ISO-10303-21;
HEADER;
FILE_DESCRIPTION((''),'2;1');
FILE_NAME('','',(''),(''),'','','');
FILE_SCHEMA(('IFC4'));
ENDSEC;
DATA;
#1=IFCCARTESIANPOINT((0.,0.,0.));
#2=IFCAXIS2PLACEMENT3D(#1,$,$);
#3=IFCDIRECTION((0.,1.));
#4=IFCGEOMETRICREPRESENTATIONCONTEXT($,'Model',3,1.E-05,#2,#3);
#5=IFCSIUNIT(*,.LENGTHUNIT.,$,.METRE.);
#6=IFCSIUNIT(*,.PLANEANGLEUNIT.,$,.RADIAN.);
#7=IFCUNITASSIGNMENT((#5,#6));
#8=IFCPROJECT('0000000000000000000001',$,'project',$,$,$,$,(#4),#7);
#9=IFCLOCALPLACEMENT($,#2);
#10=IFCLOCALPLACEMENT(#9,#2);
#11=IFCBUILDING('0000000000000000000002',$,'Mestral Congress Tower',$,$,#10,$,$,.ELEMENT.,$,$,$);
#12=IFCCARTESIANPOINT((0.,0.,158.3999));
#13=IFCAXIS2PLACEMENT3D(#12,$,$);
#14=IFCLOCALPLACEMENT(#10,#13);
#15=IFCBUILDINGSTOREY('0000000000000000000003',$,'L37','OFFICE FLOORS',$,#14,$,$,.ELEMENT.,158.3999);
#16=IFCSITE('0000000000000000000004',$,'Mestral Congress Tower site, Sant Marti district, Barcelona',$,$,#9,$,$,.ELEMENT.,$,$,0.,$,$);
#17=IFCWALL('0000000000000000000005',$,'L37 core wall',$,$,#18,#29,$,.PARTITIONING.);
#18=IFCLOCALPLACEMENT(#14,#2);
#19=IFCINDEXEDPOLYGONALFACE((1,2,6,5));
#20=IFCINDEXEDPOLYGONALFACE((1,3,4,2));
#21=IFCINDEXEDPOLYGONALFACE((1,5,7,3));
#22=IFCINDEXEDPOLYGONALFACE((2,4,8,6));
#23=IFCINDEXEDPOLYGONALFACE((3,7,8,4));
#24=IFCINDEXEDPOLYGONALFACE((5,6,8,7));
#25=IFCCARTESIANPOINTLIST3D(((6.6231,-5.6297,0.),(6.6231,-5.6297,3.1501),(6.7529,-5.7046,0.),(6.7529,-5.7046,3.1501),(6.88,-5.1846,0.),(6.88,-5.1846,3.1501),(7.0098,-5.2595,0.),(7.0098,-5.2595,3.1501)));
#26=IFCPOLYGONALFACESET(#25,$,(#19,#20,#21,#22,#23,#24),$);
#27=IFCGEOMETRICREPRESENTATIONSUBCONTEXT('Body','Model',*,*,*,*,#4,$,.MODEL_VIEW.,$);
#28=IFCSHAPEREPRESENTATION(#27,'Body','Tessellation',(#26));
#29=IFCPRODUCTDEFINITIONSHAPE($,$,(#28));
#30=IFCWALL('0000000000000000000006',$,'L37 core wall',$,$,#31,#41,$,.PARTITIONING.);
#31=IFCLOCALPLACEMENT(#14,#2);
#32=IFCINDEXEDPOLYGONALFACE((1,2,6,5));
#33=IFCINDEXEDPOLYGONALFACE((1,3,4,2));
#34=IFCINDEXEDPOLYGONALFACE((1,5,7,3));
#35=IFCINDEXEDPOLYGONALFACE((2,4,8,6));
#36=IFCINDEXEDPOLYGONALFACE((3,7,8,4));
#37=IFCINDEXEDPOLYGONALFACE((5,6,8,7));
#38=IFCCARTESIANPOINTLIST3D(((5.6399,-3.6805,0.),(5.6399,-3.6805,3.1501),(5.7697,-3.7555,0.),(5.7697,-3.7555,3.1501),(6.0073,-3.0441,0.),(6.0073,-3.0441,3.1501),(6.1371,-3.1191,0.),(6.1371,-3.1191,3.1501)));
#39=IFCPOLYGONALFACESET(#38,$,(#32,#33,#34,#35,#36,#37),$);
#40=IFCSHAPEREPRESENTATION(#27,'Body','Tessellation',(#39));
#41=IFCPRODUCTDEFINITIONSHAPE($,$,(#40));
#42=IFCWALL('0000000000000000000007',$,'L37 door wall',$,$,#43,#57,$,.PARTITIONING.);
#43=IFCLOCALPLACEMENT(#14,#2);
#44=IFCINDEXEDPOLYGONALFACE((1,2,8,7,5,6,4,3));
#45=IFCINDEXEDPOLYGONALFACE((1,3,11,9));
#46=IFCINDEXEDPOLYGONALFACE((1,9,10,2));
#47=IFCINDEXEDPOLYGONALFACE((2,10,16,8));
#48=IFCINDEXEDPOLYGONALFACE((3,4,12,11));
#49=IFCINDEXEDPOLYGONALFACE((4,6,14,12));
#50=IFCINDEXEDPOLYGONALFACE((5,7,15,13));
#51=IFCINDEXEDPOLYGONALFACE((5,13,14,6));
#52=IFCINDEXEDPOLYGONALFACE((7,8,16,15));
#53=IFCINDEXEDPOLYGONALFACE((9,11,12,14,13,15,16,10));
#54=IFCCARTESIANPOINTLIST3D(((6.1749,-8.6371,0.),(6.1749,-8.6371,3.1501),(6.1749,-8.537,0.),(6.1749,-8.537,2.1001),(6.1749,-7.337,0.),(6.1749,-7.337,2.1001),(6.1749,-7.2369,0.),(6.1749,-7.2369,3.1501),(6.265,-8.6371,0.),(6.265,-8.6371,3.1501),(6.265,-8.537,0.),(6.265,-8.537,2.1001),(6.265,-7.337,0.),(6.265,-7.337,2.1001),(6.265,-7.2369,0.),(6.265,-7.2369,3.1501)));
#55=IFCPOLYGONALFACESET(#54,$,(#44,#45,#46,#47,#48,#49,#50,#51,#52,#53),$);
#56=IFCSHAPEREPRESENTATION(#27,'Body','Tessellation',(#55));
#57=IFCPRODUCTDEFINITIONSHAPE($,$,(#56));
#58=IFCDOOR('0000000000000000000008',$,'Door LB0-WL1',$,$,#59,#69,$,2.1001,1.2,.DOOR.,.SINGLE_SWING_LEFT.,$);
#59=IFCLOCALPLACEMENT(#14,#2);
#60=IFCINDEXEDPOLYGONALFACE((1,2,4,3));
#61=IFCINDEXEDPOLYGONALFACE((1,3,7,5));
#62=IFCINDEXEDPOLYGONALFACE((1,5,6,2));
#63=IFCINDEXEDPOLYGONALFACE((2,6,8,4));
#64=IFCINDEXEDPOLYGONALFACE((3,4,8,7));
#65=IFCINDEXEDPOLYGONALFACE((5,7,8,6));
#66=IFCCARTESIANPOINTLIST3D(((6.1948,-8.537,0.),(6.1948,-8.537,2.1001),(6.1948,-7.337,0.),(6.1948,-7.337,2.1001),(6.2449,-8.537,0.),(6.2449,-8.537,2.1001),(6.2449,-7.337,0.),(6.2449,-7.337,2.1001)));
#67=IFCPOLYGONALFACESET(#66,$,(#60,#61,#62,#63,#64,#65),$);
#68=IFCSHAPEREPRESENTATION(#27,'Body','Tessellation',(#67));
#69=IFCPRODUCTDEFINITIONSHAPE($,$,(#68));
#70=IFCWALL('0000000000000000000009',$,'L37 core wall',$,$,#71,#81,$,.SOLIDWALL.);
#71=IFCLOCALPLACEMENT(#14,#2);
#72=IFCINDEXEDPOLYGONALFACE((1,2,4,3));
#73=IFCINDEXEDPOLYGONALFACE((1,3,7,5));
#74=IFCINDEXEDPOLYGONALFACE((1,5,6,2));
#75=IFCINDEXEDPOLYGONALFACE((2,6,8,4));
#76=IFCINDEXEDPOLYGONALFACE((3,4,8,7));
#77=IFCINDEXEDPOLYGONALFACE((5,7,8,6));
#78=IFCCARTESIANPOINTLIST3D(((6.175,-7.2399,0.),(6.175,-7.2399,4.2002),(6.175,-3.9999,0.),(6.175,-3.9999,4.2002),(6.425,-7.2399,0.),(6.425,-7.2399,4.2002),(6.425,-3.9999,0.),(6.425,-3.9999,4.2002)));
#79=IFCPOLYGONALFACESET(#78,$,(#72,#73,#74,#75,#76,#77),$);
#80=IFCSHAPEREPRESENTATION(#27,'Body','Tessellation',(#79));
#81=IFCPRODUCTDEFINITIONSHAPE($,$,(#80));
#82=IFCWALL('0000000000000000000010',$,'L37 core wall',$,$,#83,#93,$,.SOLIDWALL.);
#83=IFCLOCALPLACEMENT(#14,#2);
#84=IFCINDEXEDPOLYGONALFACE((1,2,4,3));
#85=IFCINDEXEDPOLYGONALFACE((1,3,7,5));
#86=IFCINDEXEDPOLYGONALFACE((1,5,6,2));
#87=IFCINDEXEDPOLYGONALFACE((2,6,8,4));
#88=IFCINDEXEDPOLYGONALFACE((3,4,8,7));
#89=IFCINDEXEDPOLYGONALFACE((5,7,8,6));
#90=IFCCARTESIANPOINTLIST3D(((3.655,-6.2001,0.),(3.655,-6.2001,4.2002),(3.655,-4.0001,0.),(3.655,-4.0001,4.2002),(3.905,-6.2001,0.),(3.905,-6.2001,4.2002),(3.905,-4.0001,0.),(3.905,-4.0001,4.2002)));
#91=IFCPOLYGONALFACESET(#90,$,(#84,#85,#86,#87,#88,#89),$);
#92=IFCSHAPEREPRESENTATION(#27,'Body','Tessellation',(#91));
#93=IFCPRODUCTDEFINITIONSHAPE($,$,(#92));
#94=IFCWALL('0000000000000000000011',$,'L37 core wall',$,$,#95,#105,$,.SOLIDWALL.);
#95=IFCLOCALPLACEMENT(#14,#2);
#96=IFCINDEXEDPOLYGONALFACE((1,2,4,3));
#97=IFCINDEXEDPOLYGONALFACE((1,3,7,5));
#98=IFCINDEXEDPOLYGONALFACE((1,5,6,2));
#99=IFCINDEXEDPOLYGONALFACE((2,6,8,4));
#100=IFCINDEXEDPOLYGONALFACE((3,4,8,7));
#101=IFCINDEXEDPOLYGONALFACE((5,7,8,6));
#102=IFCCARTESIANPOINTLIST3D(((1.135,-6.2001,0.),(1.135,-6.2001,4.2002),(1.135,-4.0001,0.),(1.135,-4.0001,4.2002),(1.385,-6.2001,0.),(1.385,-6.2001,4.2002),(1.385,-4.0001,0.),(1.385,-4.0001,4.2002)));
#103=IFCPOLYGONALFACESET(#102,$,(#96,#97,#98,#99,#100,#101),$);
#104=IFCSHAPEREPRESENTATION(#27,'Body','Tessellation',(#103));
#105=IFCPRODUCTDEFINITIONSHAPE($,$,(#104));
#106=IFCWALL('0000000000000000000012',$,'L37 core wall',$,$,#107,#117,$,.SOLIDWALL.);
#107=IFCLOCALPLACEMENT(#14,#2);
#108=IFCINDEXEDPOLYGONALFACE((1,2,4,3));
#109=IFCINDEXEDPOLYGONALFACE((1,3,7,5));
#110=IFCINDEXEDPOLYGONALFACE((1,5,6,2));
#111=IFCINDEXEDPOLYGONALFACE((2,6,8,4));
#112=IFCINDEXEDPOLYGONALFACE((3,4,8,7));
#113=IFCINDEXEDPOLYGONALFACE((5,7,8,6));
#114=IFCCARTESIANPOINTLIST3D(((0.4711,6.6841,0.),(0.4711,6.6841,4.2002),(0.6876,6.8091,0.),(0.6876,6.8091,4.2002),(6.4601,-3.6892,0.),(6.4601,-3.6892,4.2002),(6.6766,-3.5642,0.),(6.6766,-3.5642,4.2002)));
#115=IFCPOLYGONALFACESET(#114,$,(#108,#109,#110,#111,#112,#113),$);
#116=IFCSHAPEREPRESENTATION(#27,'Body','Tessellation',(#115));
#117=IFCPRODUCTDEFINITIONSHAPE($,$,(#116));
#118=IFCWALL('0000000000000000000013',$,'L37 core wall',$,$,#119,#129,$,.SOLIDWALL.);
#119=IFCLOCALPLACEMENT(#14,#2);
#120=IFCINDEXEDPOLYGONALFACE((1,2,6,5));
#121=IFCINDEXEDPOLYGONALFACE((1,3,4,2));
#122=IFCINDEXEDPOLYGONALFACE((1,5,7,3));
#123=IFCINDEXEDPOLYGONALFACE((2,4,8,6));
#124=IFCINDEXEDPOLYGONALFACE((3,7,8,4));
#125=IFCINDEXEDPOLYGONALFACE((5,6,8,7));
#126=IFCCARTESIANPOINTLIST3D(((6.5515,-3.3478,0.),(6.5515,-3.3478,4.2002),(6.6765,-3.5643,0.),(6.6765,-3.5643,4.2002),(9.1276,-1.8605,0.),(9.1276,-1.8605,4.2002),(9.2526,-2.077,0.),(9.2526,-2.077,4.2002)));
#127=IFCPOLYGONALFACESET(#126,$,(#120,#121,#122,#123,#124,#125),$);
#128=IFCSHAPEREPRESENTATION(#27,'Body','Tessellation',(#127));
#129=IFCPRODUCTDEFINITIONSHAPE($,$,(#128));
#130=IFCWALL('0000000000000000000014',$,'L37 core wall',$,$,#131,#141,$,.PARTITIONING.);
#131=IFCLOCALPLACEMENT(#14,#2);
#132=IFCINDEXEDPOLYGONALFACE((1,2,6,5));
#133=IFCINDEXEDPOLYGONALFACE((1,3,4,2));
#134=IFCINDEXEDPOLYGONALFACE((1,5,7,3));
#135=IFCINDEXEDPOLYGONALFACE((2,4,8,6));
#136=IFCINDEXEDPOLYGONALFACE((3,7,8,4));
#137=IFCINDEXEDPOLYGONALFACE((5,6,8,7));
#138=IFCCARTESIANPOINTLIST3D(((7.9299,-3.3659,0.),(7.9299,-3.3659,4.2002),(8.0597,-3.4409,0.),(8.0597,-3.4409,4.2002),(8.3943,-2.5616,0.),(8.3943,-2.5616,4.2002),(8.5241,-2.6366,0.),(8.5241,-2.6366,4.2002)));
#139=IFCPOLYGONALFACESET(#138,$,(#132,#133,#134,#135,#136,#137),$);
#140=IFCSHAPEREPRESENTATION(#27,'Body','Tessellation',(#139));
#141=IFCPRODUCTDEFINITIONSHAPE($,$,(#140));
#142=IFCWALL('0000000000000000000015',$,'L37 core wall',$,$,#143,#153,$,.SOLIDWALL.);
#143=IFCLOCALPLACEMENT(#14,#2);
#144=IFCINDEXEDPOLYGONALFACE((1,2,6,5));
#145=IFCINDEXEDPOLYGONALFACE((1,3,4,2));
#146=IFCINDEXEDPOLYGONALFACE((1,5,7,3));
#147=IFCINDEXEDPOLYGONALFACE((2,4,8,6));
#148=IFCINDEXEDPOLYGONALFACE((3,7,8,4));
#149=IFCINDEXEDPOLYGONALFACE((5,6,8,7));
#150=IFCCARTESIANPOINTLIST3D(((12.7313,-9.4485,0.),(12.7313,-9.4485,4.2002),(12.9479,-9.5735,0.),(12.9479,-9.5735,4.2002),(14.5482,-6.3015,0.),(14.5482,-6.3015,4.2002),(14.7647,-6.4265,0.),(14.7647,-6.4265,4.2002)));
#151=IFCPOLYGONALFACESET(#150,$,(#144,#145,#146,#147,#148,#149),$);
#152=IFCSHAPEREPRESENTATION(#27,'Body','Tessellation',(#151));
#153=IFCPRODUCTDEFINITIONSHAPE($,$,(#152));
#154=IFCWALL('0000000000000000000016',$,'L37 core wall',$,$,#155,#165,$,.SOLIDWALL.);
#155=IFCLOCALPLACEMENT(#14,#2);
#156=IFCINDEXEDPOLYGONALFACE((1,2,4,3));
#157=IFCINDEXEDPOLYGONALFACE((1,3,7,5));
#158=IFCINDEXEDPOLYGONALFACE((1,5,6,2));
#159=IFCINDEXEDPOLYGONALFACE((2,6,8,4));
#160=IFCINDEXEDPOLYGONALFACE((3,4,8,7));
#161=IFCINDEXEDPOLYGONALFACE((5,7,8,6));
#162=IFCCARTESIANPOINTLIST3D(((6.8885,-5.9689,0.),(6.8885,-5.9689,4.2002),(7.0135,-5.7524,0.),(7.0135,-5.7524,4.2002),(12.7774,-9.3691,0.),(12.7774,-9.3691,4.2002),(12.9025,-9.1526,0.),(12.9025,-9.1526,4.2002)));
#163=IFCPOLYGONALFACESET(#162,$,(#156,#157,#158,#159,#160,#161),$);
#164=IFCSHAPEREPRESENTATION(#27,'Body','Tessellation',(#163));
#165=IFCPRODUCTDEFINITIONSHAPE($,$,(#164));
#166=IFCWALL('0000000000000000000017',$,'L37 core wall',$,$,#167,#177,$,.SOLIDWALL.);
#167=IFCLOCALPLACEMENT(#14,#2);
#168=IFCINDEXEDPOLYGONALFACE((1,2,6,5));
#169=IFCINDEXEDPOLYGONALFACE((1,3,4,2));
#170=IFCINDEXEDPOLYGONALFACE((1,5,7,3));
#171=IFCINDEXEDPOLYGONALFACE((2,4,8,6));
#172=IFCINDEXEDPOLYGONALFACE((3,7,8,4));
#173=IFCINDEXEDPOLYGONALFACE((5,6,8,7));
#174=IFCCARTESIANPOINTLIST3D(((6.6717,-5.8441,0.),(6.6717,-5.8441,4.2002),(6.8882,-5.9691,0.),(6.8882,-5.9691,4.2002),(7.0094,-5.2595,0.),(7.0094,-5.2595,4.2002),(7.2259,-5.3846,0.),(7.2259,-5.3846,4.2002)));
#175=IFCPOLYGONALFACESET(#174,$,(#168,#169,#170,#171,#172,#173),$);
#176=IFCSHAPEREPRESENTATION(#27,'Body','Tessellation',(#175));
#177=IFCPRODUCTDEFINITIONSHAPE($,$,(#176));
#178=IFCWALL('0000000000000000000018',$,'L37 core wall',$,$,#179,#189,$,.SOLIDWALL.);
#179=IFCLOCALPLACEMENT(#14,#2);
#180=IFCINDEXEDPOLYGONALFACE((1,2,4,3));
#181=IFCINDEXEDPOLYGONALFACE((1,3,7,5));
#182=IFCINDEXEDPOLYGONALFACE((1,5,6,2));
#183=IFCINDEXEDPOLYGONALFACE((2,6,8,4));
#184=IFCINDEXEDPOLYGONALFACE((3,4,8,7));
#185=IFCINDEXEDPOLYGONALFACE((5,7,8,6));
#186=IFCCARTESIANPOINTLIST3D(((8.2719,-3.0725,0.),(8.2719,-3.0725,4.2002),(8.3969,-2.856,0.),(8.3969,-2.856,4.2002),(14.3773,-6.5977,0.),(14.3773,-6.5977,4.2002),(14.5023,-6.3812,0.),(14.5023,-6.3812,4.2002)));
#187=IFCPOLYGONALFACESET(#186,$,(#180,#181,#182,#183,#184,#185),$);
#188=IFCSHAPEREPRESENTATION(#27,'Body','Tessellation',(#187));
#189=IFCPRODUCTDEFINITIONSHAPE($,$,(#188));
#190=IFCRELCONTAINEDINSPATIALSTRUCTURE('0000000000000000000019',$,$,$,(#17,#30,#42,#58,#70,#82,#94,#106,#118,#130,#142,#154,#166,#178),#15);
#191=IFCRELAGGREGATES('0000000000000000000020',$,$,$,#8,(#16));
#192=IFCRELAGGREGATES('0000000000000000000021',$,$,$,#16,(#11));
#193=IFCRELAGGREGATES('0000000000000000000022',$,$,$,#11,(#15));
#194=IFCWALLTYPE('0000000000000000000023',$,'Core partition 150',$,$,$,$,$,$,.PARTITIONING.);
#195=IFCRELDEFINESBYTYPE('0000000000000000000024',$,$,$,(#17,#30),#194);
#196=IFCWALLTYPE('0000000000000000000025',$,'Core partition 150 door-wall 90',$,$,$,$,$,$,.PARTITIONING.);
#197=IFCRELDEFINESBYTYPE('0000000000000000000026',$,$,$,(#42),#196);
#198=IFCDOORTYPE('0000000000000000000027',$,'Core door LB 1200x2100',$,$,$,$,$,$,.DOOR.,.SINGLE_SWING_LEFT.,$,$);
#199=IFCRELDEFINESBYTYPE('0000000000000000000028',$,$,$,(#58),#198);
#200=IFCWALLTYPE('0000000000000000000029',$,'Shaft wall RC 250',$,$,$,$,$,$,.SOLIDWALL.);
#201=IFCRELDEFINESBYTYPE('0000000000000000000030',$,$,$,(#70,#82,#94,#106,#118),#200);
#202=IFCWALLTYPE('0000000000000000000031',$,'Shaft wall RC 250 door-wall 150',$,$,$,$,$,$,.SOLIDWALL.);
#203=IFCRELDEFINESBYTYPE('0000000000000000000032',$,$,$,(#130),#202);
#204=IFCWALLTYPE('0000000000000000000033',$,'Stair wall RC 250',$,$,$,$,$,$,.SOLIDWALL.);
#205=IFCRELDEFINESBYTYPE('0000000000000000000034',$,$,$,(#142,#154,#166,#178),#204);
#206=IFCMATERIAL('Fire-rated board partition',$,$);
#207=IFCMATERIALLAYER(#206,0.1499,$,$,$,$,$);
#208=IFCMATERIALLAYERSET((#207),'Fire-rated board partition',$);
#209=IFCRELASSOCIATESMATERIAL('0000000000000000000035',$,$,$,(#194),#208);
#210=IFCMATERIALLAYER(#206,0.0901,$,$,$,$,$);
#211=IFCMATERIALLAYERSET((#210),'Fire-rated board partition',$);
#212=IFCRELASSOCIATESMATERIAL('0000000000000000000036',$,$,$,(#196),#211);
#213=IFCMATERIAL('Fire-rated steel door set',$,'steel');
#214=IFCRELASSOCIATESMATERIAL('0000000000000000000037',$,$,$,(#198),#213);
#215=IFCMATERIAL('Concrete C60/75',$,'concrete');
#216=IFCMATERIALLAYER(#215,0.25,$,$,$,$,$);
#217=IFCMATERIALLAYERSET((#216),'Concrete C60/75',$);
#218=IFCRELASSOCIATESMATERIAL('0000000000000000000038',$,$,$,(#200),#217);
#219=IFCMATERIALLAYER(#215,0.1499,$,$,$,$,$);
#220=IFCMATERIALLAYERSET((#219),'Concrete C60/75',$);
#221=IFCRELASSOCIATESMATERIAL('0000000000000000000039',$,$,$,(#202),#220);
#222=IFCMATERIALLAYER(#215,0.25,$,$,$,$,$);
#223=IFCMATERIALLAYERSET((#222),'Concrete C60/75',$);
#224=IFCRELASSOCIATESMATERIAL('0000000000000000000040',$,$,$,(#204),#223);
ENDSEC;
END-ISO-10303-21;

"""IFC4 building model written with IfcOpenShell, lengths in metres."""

from ifc_helpers import new_model, si_unit, direction, frame, frame_2d, origin, place, context, subcontext, project, spatial, rectangle, extrude, material, layer, layer_set, type_object, element, fill, save


model = new_model("IFC4")

# Units and contexts
model_context = context("Model", 3, precision=1e-05, world=origin(), true_north=direction((0.0, 1.0)))
body_context = subcontext(model_context, "Body", "Model", "MODEL_VIEW")
ifc_project = project(units=[si_unit("LENGTHUNIT", "METRE"), si_unit("PLANEANGLEUNIT", "RADIAN")], contexts=[model_context])

# Site, building, storey
site_placement = place(None, origin())
site = spatial("IfcSite", under=ifc_project, at=site_placement, Name="Mestral Congress Tower site, Sant Marti district, Barcelona", CompositionType="ELEMENT", RefElevation=0.0)
building_placement = place(site_placement, origin())
building = spatial("IfcBuilding", under=site, at=building_placement, Name="Mestral Congress Tower", CompositionType="ELEMENT")
storey_placement = place(building_placement, frame((0.0, 0.0, 158.3999)))
storey = spatial("IfcBuildingStorey", under=building, at=storey_placement, Name="L37", Description="OFFICE FLOORS", CompositionType="ELEMENT", Elevation=158.3999)

# Walls
ifc_material_1 = material(Name="Fire-rated board partition")
ifc_layer_1 = layer(ifc_material_1, 0.1499)
ifc_layer_set_1 = layer_set([ifc_layer_1], Name="Fire-rated board partition")
wall_type_1 = type_object("IfcWallType", Name="Core partition 150", PredefinedType="PARTITIONING", material=ifc_layer_set_1)
wall_1_placement = place(storey_placement, frame((6.9448, -5.2222, 0.0), z_axis=(0.0, 0.0, 1.0), x_axis=(-0.499818, -0.86613, 0.0)))
element("IfcWall", 1, at=wall_1_placement, inside=storey, type_object=wall_type_1, Name="L37 core wall", PredefinedType="PARTITIONING", context=body_context, shape_type="SweptSolid", body=[
    extrude(rectangle(XDim=0.5139, YDim=0.1499, at=frame_2d((0.2568, 0.0))), origin(), (0.0, 0.0, 1.0), 3.1501),
])
wall_2_placement = place(storey_placement, frame((5.7048, -3.718, 0.0), z_axis=(0.0, 0.0, 1.0), x_axis=(0.499962, 0.866047, 0.0)))
element("IfcWall", 2, at=wall_2_placement, inside=storey, type_object=wall_type_1, Name="L37 core wall", PredefinedType="PARTITIONING", context=body_context, shape_type="SweptSolid", body=[
    extrude(rectangle(XDim=0.7349, YDim=0.1499, at=frame_2d((0.3674, 0.0))), origin(), (0.0, 0.0, 1.0), 3.1501),
])

# Wall, opening, door
ifc_layer_2 = layer(ifc_material_1, 0.0901)
ifc_layer_set_2 = layer_set([ifc_layer_2], Name="Fire-rated board partition")
wall_type_2 = type_object("IfcWallType", Name="Core partition 150 door-wall 90", PredefinedType="PARTITIONING", material=ifc_layer_set_2)
wall_3_placement = place(storey_placement, frame((6.22, -7.2368, 0.0), z_axis=(0.0, 0.0, 1.0), x_axis=(0.0, -1.0, 0.0)))
wall_3 = element("IfcWall", 3, at=wall_3_placement, inside=storey, type_object=wall_type_2, Name="L37 door wall", PredefinedType="PARTITIONING", context=body_context, shape_type="SweptSolid", body=[
    extrude(rectangle(XDim=1.4001, YDim=0.0901, at=frame_2d((0.7002, 0.0))), origin(), (0.0, 0.0, 1.0), 3.1501),
])
opening_1_placement = place(wall_3_placement, frame((0.1001, 0.0, 0.0)))
opening_1 = element("IfcOpeningElement", 4, at=opening_1_placement, cuts=wall_3, PredefinedType="OPENING", context=body_context, shape_type="SweptSolid", body=[
    extrude(rectangle(XDim=1.2, YDim=2.1001, at=frame_2d((0.6001, 1.05))), frame((0.0, 0.0549, 0.0), z_axis=(0.0, -1.0, 0.0), x_axis=(1.0, 0.0, 0.0)), (0.0, 0.0, 1.0), 0.1101),
])
ifc_material_2 = material(Name="Fire-rated steel door set", Category="steel")
door_type_1 = type_object("IfcDoorType", Name="Core door LB 1200x2100", OperationType="SINGLE_SWING_LEFT", PredefinedType="DOOR", material=ifc_material_2)
door_1_placement = place(opening_1_placement, origin())
door_1 = element("IfcDoor", 5, at=door_1_placement, inside=storey, type_object=door_type_1, Name="Door LB0-WL1", OperationType="SINGLE_SWING_LEFT", OverallHeight=2.1001, OverallWidth=1.2, PredefinedType="DOOR", context=body_context, shape_type="SweptSolid", body=[
    extrude(rectangle(XDim=1.2, YDim=2.1001, at=frame_2d((0.6001, 1.05))), frame((0.0, 0.0249, 0.0), z_axis=(0.0, -1.0, 0.0), x_axis=(1.0, 0.0, 0.0)), (0.0, 0.0, 1.0), 0.05),
])
fill(opening_1, door_1)

# Walls
ifc_material_3 = material(Name="Concrete C60/75", Category="concrete")
ifc_layer_3 = layer(ifc_material_3, 0.25)
ifc_layer_set_3 = layer_set([ifc_layer_3], Name="Concrete C60/75")
wall_type_3 = type_object("IfcWallType", Name="Shaft wall RC 250", PredefinedType="SOLIDWALL", material=ifc_layer_set_3)
wall_4_placement = place(storey_placement, frame((6.3, -7.24, 0.0), z_axis=(0.0, 0.0, 1.0), x_axis=(0.0, 1.0, 0.0)))
element("IfcWall", 6, at=wall_4_placement, inside=storey, type_object=wall_type_3, Name="L37 core wall", PredefinedType="SOLIDWALL", context=body_context, shape_type="SweptSolid", body=[
    extrude(rectangle(XDim=3.24, YDim=0.25, at=frame_2d((1.6201, 0.0))), origin(), (0.0, 0.0, 1.0), 4.2002),
])
for number, where, z_axis, x_axis, name in (
    (7, (3.78, -4.0, 0.0), (0.0, 0.0, 1.0), (0.0, -1.0, 0.0), "L37 core wall"),
    (8, (1.26, -4.0, 0.0), (0.0, 0.0, 1.0), (0.0, -1.0, 0.0), "L37 core wall"),
):
    element("IfcWall", number, at=place(storey_placement, frame(where, z_axis=z_axis, x_axis=x_axis)), inside=storey, type_object=wall_type_3, Name=name, PredefinedType="SOLIDWALL", context=body_context, shape_type="SweptSolid", body=[
        extrude(rectangle(XDim=2.2, YDim=0.25, at=frame_2d((1.1001, 0.0))), origin(), (0.0, 0.0, 1.0), 4.2002),
    ])
wall_5_placement = place(storey_placement, frame((6.5684, -3.6267, 0.0), z_axis=(0.0, 0.0, 1.0), x_axis=(-0.499999, 0.866026, 0.0)))
element("IfcWall", 9, at=wall_5_placement, inside=storey, type_object=wall_type_3, Name="L37 core wall", PredefinedType="SOLIDWALL", context=body_context, shape_type="SweptSolid", body=[
    extrude(rectangle(XDim=11.978, YDim=0.25, at=frame_2d((5.989, 0.0))), origin(), (0.0, 0.0, 1.0), 4.2002),
])
wall_6_placement = place(storey_placement, frame((6.614, -3.4561, 0.0), z_axis=(0.0, 0.0, 1.0), x_axis=(0.866033, 0.499988, 0.0)))
element("IfcWall", 10, at=wall_6_placement, inside=storey, type_object=wall_type_3, Name="L37 core wall", PredefinedType="SOLIDWALL", context=body_context, shape_type="SweptSolid", body=[
    extrude(rectangle(XDim=2.9746, YDim=0.25, at=frame_2d((1.4873, 0.0))), origin(), (0.0, 0.0, 1.0), 4.2002),
])
ifc_layer_4 = layer(ifc_material_3, 0.1499)
ifc_layer_set_4 = layer_set([ifc_layer_4], Name="Concrete C60/75")
wall_type_4 = type_object("IfcWallType", Name="Shaft wall RC 250 door-wall 150", PredefinedType="SOLIDWALL", material=ifc_layer_set_4)
wall_7_placement = place(storey_placement, frame((8.4592, -2.5991, 0.0), z_axis=(0.0, 0.0, 1.0), x_axis=(-0.500041, -0.866002, 0.0)))
element("IfcWall", 11, at=wall_7_placement, inside=storey, type_object=wall_type_4, Name="L37 core wall", PredefinedType="PARTITIONING", context=body_context, shape_type="SweptSolid", body=[
    extrude(rectangle(XDim=0.9287, YDim=0.1499, at=frame_2d((0.4644, 0.0))), origin(), (0.0, 0.0, 1.0), 4.2002),
])
ifc_layer_5 = layer(ifc_material_3, 0.25)
ifc_layer_set_5 = layer_set([ifc_layer_5], Name="Concrete C60/75")
wall_type_5 = type_object("IfcWallType", Name="Stair wall RC 250", PredefinedType="SOLIDWALL", material=ifc_layer_set_5)
wall_8_placement = place(storey_placement, frame((12.8396, -9.511, 0.0), z_axis=(0.0, 0.0, 1.0), x_axis=(0.499998, 0.866027, 0.0)))
element("IfcWall", 12, at=wall_8_placement, inside=storey, type_object=wall_type_5, Name="L37 core wall", PredefinedType="SOLIDWALL", context=body_context, shape_type="SweptSolid", body=[
    extrude(rectangle(XDim=3.6338, YDim=0.25, at=frame_2d((1.8169, 0.0))), origin(), (0.0, 0.0, 1.0), 4.2002),
])
wall_9_placement = place(storey_placement, frame((12.8398, -9.2607, 0.0), z_axis=(0.0, 0.0, 1.0), x_axis=(-0.866014, 0.50002, 0.0)))
element("IfcWall", 13, at=wall_9_placement, inside=storey, type_object=wall_type_5, Name="L37 core wall", PredefinedType="SOLIDWALL", context=body_context, shape_type="SweptSolid", body=[
    extrude(rectangle(XDim=6.8, YDim=0.25, at=frame_2d((3.3999, 0.0))), origin(), (0.0, 0.0, 1.0), 4.2002),
])
wall_10_placement = place(storey_placement, frame((6.78, -5.9065, 0.0), z_axis=(0.0, 0.0, 1.0), x_axis=(0.500223, 0.865896, 0.0)))
element("IfcWall", 14, at=wall_10_placement, inside=storey, type_object=wall_type_5, Name="L37 core wall", PredefinedType="SOLIDWALL", context=body_context, shape_type="SweptSolid", body=[
    extrude(rectangle(XDim=0.675, YDim=0.25, at=frame_2d((0.3374, 0.0))), origin(), (0.0, 0.0, 1.0), 4.2002),
])
wall_11_placement = place(storey_placement, frame((8.3345, -2.9644, 0.0), z_axis=(0.0, 0.0, 1.0), x_axis=(0.866016, -0.500016, 0.0)))
element("IfcWall", 15, at=wall_11_placement, inside=storey, type_object=wall_type_5, Name="L37 core wall", PredefinedType="SOLIDWALL", context=body_context, shape_type="SweptSolid", body=[
    extrude(rectangle(XDim=7.05, YDim=0.25, at=frame_2d((3.5249, 0.0))), origin(), (0.0, 0.0, 1.0), 4.2002),
])

save(model, "model.ifc")
